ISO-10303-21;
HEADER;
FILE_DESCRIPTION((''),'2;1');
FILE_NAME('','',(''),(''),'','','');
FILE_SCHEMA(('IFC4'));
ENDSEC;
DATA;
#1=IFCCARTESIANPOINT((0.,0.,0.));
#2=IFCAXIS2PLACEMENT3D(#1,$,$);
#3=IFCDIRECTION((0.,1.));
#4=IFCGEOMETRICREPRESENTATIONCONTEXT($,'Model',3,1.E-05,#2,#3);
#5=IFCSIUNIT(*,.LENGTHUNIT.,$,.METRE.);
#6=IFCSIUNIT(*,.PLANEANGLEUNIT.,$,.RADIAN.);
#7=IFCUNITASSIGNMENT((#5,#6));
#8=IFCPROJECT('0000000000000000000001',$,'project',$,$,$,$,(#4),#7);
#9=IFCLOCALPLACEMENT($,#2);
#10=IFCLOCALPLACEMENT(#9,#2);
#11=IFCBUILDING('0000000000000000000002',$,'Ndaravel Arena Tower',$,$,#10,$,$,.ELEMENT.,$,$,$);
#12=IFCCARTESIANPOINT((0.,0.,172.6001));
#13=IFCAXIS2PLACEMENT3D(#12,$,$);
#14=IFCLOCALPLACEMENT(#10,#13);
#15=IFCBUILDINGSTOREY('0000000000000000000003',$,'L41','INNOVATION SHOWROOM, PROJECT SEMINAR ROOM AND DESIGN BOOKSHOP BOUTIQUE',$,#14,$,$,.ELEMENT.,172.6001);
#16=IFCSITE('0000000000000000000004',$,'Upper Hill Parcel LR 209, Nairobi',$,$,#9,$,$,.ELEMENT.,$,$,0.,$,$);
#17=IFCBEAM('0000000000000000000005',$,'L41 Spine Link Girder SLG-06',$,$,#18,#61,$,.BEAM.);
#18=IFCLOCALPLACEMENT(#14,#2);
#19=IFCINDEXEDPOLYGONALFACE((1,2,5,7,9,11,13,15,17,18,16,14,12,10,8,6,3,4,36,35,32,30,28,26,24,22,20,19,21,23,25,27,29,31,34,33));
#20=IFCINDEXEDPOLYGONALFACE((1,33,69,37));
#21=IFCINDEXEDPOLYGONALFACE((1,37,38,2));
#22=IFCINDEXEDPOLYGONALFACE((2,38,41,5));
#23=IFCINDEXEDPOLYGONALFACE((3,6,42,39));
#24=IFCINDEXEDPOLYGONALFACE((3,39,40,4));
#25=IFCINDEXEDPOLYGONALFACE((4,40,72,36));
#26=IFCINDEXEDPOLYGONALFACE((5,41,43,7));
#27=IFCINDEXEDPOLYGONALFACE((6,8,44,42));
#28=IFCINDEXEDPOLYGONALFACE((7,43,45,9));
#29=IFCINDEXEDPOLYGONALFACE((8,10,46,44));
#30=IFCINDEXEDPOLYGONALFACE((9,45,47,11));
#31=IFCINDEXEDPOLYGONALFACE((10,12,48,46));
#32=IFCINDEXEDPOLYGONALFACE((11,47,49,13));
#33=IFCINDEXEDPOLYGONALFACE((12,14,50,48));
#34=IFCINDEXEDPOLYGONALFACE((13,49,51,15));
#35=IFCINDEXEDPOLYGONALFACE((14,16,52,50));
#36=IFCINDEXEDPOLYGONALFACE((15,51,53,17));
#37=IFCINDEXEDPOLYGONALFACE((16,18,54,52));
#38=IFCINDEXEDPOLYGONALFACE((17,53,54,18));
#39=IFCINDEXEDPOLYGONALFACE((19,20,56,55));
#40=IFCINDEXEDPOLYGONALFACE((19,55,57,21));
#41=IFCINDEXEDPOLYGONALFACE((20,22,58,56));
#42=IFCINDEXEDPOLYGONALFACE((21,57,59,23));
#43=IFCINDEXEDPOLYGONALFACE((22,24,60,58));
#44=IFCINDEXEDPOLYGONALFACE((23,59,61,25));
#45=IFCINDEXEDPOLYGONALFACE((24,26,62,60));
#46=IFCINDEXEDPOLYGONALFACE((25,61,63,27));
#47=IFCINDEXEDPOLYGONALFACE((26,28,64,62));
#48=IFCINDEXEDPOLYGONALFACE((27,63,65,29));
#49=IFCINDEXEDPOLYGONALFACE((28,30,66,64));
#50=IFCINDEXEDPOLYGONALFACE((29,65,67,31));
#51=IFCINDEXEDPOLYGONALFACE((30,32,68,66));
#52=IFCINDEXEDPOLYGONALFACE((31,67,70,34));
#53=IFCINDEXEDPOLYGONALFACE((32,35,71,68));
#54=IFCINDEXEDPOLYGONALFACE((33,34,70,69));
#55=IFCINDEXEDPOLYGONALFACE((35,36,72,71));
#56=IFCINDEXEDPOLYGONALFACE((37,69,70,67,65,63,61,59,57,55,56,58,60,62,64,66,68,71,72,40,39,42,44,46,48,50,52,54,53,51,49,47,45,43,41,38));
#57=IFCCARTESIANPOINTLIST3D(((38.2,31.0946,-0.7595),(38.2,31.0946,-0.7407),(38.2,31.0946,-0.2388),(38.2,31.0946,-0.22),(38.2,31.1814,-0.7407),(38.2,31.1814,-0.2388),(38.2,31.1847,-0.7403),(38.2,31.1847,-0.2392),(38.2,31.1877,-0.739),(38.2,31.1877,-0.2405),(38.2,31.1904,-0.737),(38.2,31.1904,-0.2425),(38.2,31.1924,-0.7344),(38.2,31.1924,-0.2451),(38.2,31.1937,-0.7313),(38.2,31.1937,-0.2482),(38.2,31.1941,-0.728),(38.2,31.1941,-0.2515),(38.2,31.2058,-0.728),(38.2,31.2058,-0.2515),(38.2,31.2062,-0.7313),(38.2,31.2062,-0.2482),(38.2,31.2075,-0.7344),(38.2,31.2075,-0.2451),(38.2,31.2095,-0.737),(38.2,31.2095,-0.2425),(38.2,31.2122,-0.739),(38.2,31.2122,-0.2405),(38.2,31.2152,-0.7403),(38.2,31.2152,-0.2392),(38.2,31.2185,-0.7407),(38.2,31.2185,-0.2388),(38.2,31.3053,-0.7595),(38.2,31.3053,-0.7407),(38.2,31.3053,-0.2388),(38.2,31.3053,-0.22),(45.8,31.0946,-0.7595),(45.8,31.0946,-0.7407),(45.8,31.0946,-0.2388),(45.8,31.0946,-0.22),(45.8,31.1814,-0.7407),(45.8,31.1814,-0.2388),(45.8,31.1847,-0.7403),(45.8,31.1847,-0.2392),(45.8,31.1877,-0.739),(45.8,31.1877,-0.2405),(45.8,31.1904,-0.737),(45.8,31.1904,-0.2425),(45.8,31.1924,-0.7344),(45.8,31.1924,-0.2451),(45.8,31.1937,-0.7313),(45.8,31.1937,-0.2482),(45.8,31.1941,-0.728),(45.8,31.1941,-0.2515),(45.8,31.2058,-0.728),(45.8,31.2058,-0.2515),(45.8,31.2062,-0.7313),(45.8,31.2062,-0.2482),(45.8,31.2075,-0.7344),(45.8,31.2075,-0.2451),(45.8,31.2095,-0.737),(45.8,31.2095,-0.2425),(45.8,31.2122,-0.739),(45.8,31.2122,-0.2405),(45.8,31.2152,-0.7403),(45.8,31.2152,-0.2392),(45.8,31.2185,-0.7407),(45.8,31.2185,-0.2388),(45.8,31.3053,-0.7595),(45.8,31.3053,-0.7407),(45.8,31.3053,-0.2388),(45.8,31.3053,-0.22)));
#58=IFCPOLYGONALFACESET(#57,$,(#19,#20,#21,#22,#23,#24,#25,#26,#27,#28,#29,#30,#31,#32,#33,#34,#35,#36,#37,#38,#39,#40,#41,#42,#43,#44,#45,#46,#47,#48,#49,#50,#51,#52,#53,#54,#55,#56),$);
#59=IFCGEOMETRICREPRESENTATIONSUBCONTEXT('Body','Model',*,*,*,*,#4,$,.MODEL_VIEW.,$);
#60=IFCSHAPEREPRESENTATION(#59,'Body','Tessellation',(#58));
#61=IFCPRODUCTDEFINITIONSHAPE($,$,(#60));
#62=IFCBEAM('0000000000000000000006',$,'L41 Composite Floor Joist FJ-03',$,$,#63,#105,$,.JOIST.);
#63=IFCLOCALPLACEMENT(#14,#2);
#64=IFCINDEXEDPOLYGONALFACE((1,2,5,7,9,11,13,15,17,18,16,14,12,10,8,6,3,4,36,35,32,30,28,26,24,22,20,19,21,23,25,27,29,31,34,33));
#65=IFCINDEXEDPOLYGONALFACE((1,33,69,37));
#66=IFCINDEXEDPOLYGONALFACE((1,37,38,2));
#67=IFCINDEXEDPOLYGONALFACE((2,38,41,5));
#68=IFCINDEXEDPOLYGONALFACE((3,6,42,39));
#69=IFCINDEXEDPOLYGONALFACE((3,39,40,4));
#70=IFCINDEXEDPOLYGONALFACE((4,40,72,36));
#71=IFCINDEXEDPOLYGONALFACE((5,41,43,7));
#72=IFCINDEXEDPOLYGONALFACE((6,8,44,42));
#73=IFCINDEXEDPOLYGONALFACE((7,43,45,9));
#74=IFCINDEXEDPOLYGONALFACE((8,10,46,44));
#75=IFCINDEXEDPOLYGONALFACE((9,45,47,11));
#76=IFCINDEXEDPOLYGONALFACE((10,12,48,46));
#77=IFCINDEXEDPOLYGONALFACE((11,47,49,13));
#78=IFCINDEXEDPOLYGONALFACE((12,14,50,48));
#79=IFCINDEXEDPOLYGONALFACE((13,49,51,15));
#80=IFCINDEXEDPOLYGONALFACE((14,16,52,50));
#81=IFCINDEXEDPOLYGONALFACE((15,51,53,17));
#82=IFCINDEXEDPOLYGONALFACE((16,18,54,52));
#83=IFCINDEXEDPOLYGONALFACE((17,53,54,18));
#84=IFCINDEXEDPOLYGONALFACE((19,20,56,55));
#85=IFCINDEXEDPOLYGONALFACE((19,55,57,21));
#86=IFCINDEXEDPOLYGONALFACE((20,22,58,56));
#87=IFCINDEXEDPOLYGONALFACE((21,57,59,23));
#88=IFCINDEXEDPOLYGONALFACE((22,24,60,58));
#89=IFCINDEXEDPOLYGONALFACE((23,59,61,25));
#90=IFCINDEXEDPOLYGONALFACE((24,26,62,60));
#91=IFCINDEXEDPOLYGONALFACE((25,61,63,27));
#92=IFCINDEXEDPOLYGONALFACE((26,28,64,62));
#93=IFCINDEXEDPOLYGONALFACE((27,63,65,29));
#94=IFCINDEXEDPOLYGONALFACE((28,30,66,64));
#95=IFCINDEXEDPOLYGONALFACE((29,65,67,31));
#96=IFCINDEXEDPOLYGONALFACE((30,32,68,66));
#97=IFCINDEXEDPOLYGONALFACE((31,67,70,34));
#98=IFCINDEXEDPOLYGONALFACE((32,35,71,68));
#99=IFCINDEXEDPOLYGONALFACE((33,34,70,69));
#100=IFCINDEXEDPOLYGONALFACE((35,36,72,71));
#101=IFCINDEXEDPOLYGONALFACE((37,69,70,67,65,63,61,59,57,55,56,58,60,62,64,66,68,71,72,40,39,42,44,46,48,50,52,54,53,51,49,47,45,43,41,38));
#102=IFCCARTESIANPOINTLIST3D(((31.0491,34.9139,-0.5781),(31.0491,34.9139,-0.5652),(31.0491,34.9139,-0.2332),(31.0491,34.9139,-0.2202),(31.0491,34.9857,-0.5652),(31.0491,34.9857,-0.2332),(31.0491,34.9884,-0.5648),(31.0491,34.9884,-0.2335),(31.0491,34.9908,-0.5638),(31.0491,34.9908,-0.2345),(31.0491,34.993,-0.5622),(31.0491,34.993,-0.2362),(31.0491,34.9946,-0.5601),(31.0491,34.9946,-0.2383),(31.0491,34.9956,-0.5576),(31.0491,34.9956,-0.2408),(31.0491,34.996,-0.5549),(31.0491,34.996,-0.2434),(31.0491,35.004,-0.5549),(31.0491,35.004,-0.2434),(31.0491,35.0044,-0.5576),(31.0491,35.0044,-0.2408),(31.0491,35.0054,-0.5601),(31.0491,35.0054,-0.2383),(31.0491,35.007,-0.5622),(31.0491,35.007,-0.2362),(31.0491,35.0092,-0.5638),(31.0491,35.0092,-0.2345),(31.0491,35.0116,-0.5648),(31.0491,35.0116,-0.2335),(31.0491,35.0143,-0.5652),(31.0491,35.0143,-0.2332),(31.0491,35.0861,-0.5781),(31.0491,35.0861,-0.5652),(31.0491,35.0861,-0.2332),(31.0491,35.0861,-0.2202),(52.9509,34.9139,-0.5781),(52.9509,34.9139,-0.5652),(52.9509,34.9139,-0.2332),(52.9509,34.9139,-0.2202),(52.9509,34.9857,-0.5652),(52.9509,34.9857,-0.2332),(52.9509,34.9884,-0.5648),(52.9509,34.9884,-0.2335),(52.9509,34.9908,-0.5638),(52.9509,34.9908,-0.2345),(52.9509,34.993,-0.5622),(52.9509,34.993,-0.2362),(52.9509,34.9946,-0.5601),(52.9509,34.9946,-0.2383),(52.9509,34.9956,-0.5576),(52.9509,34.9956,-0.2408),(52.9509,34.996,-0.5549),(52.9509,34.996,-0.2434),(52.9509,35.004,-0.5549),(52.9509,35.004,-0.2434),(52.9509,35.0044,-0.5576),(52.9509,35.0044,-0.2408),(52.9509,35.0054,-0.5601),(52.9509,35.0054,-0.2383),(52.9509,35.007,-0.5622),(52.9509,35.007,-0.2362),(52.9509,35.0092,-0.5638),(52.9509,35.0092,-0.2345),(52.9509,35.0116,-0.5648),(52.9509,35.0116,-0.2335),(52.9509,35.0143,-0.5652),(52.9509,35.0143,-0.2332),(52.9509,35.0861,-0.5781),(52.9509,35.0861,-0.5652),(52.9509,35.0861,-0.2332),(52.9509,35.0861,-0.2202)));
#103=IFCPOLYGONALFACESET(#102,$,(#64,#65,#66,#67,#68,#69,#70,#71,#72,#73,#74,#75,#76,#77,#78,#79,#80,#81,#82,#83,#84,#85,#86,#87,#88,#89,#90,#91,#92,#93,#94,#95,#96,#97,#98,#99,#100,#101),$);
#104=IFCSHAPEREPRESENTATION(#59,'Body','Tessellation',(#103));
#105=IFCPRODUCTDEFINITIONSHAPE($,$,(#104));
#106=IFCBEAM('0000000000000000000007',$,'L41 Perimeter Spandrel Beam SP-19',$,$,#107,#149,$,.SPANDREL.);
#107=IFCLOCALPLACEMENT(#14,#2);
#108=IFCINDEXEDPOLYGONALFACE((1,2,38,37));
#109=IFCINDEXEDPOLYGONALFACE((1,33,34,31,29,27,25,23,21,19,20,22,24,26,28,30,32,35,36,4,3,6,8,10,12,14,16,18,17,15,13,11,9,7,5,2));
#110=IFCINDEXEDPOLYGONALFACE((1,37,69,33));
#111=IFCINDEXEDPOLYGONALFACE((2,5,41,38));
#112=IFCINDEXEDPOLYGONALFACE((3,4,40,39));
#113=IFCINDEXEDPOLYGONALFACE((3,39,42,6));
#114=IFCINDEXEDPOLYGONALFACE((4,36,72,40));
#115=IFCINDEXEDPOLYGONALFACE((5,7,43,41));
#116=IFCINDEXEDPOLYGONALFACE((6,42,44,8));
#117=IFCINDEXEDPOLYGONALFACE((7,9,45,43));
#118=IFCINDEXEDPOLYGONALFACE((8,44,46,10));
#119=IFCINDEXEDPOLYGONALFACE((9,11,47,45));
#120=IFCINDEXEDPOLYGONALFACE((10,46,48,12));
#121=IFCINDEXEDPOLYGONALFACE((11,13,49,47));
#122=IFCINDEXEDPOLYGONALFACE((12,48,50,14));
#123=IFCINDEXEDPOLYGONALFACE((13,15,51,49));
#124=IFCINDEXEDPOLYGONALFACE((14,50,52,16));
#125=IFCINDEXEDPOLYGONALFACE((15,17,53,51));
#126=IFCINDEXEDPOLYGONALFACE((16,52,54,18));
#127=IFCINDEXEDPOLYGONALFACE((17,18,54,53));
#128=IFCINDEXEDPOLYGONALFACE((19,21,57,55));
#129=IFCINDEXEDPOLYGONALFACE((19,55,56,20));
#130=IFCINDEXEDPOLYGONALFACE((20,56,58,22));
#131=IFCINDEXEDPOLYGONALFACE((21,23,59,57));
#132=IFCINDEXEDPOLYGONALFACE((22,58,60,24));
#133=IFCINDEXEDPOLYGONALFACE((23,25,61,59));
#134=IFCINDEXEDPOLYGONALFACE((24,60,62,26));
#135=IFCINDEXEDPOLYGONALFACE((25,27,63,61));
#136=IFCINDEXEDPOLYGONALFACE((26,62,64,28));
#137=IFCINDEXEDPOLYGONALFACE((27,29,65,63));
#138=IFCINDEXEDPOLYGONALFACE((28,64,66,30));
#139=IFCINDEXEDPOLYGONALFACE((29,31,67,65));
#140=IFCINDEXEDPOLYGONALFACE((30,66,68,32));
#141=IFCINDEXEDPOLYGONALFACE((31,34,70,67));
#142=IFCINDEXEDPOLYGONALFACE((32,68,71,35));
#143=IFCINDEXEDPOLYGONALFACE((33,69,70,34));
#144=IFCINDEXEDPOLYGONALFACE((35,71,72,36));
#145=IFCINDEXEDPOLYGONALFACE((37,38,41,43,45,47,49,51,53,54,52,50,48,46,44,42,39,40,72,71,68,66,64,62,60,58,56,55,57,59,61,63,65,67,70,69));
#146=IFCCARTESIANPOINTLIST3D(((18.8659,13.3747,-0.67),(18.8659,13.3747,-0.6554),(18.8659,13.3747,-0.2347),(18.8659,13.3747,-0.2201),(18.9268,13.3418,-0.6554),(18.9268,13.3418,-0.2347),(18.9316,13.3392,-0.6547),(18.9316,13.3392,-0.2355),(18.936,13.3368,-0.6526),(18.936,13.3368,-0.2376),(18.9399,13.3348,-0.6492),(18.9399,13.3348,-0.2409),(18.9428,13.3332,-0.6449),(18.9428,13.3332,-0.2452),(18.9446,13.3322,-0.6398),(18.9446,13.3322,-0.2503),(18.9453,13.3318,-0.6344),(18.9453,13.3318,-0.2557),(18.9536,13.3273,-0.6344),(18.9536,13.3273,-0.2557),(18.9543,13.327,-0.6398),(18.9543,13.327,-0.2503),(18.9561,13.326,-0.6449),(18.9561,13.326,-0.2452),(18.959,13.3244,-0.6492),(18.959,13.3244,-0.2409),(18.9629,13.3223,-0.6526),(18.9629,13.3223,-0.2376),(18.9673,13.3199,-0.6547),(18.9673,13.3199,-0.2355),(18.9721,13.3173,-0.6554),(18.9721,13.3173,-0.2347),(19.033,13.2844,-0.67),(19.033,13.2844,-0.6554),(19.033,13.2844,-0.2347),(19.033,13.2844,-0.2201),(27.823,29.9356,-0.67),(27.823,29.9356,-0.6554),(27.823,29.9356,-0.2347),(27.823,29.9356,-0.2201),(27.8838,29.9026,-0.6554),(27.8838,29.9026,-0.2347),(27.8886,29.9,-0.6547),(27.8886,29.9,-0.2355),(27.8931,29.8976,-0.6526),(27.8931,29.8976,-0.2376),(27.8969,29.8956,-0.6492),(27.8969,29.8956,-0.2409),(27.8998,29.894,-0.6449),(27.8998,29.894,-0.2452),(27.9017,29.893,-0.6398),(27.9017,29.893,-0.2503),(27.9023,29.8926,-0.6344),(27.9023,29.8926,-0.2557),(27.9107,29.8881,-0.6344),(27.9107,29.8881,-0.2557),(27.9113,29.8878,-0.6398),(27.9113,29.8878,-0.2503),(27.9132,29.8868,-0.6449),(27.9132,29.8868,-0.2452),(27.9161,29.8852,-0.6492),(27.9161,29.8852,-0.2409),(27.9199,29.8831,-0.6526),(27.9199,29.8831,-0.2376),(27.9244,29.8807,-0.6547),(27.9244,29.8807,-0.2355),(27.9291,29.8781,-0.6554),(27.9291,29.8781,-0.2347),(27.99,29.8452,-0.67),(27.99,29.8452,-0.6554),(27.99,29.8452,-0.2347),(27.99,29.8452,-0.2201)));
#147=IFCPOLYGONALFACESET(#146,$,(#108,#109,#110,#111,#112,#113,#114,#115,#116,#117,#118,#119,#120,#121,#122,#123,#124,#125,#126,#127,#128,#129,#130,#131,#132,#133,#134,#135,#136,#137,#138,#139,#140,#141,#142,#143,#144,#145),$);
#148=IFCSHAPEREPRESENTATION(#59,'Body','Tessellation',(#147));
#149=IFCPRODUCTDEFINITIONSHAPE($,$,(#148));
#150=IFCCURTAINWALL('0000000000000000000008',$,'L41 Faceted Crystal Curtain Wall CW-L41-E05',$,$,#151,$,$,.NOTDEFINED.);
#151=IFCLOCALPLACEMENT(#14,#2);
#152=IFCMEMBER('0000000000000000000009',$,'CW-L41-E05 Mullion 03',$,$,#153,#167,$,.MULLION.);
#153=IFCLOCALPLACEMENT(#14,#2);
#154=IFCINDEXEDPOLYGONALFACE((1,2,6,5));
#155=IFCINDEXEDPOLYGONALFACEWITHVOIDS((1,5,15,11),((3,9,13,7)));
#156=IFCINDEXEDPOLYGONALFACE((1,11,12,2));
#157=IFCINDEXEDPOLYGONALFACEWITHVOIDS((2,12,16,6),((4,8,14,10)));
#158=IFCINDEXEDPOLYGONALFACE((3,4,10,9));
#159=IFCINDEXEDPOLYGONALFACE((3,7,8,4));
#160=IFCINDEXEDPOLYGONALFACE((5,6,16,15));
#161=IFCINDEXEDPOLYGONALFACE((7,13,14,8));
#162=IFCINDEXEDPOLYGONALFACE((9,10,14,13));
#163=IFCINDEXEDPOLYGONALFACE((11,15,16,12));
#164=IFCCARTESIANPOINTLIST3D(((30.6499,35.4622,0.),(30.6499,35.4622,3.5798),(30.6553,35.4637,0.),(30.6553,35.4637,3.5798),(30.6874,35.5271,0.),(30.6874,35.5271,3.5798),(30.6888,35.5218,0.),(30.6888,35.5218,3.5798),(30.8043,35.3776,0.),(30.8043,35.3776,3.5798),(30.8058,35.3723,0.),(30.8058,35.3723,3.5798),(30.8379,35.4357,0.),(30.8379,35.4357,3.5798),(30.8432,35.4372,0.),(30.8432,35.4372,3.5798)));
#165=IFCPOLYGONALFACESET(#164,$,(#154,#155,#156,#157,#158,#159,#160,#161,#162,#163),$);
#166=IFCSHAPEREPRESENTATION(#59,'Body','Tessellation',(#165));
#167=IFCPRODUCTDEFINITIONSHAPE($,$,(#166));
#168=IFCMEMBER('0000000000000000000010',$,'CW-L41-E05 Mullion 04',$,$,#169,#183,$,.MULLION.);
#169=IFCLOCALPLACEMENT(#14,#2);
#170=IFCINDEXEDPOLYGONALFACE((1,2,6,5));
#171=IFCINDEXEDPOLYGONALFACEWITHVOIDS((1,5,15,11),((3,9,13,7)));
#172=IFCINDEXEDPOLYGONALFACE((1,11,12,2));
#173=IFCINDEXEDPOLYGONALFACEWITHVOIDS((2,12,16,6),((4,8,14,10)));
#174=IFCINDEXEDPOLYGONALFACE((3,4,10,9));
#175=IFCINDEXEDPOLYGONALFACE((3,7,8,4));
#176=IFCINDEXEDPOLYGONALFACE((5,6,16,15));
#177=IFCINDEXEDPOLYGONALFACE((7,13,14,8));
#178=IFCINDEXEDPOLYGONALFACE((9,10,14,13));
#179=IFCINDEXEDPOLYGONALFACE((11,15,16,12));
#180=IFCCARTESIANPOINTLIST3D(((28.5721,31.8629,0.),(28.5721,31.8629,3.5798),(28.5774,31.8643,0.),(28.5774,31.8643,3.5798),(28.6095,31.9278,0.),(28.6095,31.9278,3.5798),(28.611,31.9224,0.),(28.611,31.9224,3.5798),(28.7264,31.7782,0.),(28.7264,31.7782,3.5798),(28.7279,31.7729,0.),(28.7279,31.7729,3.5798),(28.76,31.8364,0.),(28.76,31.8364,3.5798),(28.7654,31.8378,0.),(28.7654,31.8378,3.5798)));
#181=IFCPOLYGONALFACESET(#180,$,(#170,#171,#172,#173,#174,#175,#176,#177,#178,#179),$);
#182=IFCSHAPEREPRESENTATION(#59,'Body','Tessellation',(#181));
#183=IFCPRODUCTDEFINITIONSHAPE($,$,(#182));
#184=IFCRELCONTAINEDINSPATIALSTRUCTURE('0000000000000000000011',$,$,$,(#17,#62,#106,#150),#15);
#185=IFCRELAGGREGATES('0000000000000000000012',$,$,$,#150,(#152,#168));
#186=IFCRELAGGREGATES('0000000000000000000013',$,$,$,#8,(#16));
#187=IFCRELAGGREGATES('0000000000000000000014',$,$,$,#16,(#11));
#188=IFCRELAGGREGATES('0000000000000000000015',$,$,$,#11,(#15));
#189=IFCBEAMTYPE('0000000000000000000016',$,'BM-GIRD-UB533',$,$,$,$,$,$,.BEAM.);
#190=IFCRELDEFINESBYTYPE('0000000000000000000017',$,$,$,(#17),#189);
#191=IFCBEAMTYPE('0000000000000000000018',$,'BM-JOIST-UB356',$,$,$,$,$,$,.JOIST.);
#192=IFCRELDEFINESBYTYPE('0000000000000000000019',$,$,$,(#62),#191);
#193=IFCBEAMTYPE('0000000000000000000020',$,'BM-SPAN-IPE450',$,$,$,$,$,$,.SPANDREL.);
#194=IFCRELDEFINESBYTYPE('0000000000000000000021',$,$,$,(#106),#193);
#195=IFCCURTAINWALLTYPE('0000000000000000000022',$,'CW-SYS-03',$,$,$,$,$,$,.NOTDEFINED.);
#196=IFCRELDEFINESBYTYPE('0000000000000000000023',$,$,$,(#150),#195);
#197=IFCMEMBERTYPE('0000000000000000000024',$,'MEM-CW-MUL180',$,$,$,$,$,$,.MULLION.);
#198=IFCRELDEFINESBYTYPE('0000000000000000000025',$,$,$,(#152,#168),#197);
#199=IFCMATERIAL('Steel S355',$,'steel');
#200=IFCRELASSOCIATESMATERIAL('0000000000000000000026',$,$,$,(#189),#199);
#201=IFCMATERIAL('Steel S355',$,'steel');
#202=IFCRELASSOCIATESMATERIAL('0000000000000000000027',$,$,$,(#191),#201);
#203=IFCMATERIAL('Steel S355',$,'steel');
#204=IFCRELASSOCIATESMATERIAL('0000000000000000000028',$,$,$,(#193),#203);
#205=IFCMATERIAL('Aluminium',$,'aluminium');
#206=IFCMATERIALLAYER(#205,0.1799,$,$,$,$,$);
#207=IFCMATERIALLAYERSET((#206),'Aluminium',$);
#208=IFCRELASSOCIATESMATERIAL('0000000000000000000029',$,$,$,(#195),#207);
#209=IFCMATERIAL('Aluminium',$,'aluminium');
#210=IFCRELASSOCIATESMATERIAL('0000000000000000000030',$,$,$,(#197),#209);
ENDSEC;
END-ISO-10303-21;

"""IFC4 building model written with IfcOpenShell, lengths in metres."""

from ifc_helpers import new_model, si_unit, direction, frame, origin, origin_2d, place, context, subcontext, project, spatial, hollow_rectangle, i_section, extrude, material, layer, layer_set, material_profile, profile_set, type_object, element, aggregate, save


model = new_model("IFC4")

# Units and contexts
model_context = context("Model", 3, precision=1e-05, world=origin(), true_north=direction((0.0, 1.0)))
body_context = subcontext(model_context, "Body", "Model", "MODEL_VIEW")
ifc_project = project(units=[si_unit("LENGTHUNIT", "METRE"), si_unit("PLANEANGLEUNIT", "RADIAN")], contexts=[model_context])

# Site, building, storey
site_placement = place(None, origin())
site = spatial("IfcSite", under=ifc_project, at=site_placement, Name="Upper Hill Parcel LR 209, Nairobi", CompositionType="ELEMENT", RefElevation=0.0)
building_placement = place(site_placement, origin())
building = spatial("IfcBuilding", under=site, at=building_placement, Name="Ndaravel Arena Tower", CompositionType="ELEMENT")
storey_placement = place(building_placement, frame((0.0, 0.0, 172.6001)))
storey = spatial("IfcBuildingStorey", under=building, at=storey_placement, Name="L41", Description="INNOVATION SHOWROOM, PROJECT SEMINAR ROOM AND DESIGN BOOKSHOP BOUTIQUE", CompositionType="ELEMENT", Elevation=172.6001)

# Beams
ifc_material_1 = material(Name="Steel S355", Category="steel")
ifc_material_profile_1 = material_profile(ifc_material_1, i_section(OverallWidth=0.2107, OverallDepth=0.5396, WebThickness=0.0117, FlangeThickness=0.0188, FilletRadius=0.0127, at=origin_2d()), Name="UB 533x210x109")
ifc_profile_set_1 = profile_set([ifc_material_profile_1], Name="Steel S355")
beam_type_1 = type_object("IfcBeamType", Name="BM-GIRD-UB533", PredefinedType="BEAM", material=ifc_profile_set_1)
beam_1_placement = place(storey_placement, frame((38.2, 31.2, -0.4897), z_axis=(1.0, 0.0, 0.0), x_axis=(0.0, 1.0, 0.0)))
element("IfcBeam", 1, at=beam_1_placement, inside=storey, type_object=beam_type_1, Name="L41 Spine Link Girder SLG-06", PredefinedType="BEAM", context=body_context, shape_type="SweptSolid", body=[
    extrude(i_section(OverallWidth=0.2107, OverallDepth=0.5396, WebThickness=0.0117, FlangeThickness=0.0188, FilletRadius=0.0127, at=origin_2d()), origin(), (0.0, 0.0, 1.0), 7.6001),
])
ifc_material_2 = material(Name="Steel S355", Category="steel")
ifc_material_profile_2 = material_profile(ifc_material_2, i_section(OverallWidth=0.1721, OverallDepth=0.3579, WebThickness=0.0081, FlangeThickness=0.0129, FilletRadius=0.0103, at=origin_2d()), Name="UB 356x171x57")
ifc_profile_set_2 = profile_set([ifc_material_profile_2], Name="Steel S355")
beam_type_2 = type_object("IfcBeamType", Name="BM-JOIST-UB356", PredefinedType="JOIST", material=ifc_profile_set_2)
beam_2_placement = place(storey_placement, frame((31.0491, 35.0, -0.3992), z_axis=(1.0, 0.0, 0.0), x_axis=(0.0, 1.0, 0.0)))
element("IfcBeam", 2, at=beam_2_placement, inside=storey, type_object=beam_type_2, Name="L41 Composite Floor Joist FJ-03", PredefinedType="JOIST", context=body_context, shape_type="SweptSolid", body=[
    extrude(i_section(OverallWidth=0.1721, OverallDepth=0.3579, WebThickness=0.0081, FlangeThickness=0.0129, FilletRadius=0.0103, at=origin_2d()), origin(), (0.0, 0.0, 1.0), 21.9019),
])
ifc_material_3 = material(Name="Steel S355", Category="steel")
ifc_material_profile_3 = material_profile(ifc_material_3, i_section(OverallWidth=0.1899, OverallDepth=0.45, WebThickness=0.0095, FlangeThickness=0.0146, FilletRadius=0.021, at=origin_2d()), Name="IPE 450")
ifc_profile_set_3 = profile_set([ifc_material_profile_3], Name="Steel S355")
beam_type_3 = type_object("IfcBeamType", Name="BM-SPAN-IPE450", PredefinedType="SPANDREL", material=ifc_profile_set_3)
beam_3_placement = place(storey_placement, frame((27.9065, 29.8904, -0.4451), z_axis=(-0.475733, -0.87959, 0.0), x_axis=(0.87959, -0.475733, 0.0)))
element("IfcBeam", 3, at=beam_3_placement, inside=storey, type_object=beam_type_3, Name="L41 Perimeter Spandrel Beam SP-19", PredefinedType="SPANDREL", context=body_context, shape_type="SweptSolid", body=[
    extrude(i_section(OverallWidth=0.1899, OverallDepth=0.45, WebThickness=0.0095, FlangeThickness=0.0146, FilletRadius=0.021, at=origin_2d()), origin(), (0.0, 0.0, 1.0), 18.8279),
])

# Curtain wall, members
ifc_material_4 = material(Name="Aluminium", Category="aluminium")
ifc_layer_1 = layer(ifc_material_4, 0.1799)
ifc_layer_set_1 = layer_set([ifc_layer_1], Name="Aluminium")
curtain_wall_type = type_object("IfcCurtainWallType", Name="CW-SYS-03", PredefinedType="NOTDEFINED", material=ifc_layer_set_1)
curtain_wall_placement = place(storey_placement, origin())
curtain_wall = element("IfcCurtainWall", 4, at=curtain_wall_placement, inside=storey, type_object=curtain_wall_type, Name="L41 Faceted Crystal Curtain Wall CW-L41-E05", PredefinedType="NOTDEFINED")
ifc_material_5 = material(Name="Aluminium", Category="aluminium")
ifc_material_profile_4 = material_profile(ifc_material_5, hollow_rectangle(XDim=0.075, YDim=0.1799, WallThickness=0.0039, at=origin_2d()), Name="CW MULLION 75x180x4")
ifc_profile_set_4 = profile_set([ifc_material_profile_4], Name="Aluminium")
member_type = type_object("IfcMemberType", Name="MEM-CW-MUL180", PredefinedType="MULLION", material=ifc_profile_set_4)
member_1_placement = place(storey_placement, frame((30.7466, 35.4497, 0.0), z_axis=(0.0, 0.0, 1.0), x_axis=(-0.5, -0.866025, 0.0)))
member_1 = element("IfcMember", 5, at=member_1_placement, type_object=member_type, Name="CW-L41-E05 Mullion 03", PredefinedType="MULLION", context=body_context, shape_type="SweptSolid", body=[
    extrude(hollow_rectangle(XDim=0.075, YDim=0.1799, WallThickness=0.0039, at=origin_2d()), origin(), (0.0, 0.0, 1.0), 3.5798),
])
member_2_placement = place(storey_placement, frame((28.6687, 31.8503, 0.0), z_axis=(0.0, 0.0, 1.0), x_axis=(-0.5, -0.866025, 0.0)))
member_2 = element("IfcMember", 6, at=member_2_placement, type_object=member_type, Name="CW-L41-E05 Mullion 04", PredefinedType="MULLION", context=body_context, shape_type="SweptSolid", body=[
    extrude(hollow_rectangle(XDim=0.075, YDim=0.1799, WallThickness=0.0039, at=origin_2d()), origin(), (0.0, 0.0, 1.0), 3.5798),
])
aggregate(curtain_wall, [member_1, member_2])

save(model, "model.ifc")
